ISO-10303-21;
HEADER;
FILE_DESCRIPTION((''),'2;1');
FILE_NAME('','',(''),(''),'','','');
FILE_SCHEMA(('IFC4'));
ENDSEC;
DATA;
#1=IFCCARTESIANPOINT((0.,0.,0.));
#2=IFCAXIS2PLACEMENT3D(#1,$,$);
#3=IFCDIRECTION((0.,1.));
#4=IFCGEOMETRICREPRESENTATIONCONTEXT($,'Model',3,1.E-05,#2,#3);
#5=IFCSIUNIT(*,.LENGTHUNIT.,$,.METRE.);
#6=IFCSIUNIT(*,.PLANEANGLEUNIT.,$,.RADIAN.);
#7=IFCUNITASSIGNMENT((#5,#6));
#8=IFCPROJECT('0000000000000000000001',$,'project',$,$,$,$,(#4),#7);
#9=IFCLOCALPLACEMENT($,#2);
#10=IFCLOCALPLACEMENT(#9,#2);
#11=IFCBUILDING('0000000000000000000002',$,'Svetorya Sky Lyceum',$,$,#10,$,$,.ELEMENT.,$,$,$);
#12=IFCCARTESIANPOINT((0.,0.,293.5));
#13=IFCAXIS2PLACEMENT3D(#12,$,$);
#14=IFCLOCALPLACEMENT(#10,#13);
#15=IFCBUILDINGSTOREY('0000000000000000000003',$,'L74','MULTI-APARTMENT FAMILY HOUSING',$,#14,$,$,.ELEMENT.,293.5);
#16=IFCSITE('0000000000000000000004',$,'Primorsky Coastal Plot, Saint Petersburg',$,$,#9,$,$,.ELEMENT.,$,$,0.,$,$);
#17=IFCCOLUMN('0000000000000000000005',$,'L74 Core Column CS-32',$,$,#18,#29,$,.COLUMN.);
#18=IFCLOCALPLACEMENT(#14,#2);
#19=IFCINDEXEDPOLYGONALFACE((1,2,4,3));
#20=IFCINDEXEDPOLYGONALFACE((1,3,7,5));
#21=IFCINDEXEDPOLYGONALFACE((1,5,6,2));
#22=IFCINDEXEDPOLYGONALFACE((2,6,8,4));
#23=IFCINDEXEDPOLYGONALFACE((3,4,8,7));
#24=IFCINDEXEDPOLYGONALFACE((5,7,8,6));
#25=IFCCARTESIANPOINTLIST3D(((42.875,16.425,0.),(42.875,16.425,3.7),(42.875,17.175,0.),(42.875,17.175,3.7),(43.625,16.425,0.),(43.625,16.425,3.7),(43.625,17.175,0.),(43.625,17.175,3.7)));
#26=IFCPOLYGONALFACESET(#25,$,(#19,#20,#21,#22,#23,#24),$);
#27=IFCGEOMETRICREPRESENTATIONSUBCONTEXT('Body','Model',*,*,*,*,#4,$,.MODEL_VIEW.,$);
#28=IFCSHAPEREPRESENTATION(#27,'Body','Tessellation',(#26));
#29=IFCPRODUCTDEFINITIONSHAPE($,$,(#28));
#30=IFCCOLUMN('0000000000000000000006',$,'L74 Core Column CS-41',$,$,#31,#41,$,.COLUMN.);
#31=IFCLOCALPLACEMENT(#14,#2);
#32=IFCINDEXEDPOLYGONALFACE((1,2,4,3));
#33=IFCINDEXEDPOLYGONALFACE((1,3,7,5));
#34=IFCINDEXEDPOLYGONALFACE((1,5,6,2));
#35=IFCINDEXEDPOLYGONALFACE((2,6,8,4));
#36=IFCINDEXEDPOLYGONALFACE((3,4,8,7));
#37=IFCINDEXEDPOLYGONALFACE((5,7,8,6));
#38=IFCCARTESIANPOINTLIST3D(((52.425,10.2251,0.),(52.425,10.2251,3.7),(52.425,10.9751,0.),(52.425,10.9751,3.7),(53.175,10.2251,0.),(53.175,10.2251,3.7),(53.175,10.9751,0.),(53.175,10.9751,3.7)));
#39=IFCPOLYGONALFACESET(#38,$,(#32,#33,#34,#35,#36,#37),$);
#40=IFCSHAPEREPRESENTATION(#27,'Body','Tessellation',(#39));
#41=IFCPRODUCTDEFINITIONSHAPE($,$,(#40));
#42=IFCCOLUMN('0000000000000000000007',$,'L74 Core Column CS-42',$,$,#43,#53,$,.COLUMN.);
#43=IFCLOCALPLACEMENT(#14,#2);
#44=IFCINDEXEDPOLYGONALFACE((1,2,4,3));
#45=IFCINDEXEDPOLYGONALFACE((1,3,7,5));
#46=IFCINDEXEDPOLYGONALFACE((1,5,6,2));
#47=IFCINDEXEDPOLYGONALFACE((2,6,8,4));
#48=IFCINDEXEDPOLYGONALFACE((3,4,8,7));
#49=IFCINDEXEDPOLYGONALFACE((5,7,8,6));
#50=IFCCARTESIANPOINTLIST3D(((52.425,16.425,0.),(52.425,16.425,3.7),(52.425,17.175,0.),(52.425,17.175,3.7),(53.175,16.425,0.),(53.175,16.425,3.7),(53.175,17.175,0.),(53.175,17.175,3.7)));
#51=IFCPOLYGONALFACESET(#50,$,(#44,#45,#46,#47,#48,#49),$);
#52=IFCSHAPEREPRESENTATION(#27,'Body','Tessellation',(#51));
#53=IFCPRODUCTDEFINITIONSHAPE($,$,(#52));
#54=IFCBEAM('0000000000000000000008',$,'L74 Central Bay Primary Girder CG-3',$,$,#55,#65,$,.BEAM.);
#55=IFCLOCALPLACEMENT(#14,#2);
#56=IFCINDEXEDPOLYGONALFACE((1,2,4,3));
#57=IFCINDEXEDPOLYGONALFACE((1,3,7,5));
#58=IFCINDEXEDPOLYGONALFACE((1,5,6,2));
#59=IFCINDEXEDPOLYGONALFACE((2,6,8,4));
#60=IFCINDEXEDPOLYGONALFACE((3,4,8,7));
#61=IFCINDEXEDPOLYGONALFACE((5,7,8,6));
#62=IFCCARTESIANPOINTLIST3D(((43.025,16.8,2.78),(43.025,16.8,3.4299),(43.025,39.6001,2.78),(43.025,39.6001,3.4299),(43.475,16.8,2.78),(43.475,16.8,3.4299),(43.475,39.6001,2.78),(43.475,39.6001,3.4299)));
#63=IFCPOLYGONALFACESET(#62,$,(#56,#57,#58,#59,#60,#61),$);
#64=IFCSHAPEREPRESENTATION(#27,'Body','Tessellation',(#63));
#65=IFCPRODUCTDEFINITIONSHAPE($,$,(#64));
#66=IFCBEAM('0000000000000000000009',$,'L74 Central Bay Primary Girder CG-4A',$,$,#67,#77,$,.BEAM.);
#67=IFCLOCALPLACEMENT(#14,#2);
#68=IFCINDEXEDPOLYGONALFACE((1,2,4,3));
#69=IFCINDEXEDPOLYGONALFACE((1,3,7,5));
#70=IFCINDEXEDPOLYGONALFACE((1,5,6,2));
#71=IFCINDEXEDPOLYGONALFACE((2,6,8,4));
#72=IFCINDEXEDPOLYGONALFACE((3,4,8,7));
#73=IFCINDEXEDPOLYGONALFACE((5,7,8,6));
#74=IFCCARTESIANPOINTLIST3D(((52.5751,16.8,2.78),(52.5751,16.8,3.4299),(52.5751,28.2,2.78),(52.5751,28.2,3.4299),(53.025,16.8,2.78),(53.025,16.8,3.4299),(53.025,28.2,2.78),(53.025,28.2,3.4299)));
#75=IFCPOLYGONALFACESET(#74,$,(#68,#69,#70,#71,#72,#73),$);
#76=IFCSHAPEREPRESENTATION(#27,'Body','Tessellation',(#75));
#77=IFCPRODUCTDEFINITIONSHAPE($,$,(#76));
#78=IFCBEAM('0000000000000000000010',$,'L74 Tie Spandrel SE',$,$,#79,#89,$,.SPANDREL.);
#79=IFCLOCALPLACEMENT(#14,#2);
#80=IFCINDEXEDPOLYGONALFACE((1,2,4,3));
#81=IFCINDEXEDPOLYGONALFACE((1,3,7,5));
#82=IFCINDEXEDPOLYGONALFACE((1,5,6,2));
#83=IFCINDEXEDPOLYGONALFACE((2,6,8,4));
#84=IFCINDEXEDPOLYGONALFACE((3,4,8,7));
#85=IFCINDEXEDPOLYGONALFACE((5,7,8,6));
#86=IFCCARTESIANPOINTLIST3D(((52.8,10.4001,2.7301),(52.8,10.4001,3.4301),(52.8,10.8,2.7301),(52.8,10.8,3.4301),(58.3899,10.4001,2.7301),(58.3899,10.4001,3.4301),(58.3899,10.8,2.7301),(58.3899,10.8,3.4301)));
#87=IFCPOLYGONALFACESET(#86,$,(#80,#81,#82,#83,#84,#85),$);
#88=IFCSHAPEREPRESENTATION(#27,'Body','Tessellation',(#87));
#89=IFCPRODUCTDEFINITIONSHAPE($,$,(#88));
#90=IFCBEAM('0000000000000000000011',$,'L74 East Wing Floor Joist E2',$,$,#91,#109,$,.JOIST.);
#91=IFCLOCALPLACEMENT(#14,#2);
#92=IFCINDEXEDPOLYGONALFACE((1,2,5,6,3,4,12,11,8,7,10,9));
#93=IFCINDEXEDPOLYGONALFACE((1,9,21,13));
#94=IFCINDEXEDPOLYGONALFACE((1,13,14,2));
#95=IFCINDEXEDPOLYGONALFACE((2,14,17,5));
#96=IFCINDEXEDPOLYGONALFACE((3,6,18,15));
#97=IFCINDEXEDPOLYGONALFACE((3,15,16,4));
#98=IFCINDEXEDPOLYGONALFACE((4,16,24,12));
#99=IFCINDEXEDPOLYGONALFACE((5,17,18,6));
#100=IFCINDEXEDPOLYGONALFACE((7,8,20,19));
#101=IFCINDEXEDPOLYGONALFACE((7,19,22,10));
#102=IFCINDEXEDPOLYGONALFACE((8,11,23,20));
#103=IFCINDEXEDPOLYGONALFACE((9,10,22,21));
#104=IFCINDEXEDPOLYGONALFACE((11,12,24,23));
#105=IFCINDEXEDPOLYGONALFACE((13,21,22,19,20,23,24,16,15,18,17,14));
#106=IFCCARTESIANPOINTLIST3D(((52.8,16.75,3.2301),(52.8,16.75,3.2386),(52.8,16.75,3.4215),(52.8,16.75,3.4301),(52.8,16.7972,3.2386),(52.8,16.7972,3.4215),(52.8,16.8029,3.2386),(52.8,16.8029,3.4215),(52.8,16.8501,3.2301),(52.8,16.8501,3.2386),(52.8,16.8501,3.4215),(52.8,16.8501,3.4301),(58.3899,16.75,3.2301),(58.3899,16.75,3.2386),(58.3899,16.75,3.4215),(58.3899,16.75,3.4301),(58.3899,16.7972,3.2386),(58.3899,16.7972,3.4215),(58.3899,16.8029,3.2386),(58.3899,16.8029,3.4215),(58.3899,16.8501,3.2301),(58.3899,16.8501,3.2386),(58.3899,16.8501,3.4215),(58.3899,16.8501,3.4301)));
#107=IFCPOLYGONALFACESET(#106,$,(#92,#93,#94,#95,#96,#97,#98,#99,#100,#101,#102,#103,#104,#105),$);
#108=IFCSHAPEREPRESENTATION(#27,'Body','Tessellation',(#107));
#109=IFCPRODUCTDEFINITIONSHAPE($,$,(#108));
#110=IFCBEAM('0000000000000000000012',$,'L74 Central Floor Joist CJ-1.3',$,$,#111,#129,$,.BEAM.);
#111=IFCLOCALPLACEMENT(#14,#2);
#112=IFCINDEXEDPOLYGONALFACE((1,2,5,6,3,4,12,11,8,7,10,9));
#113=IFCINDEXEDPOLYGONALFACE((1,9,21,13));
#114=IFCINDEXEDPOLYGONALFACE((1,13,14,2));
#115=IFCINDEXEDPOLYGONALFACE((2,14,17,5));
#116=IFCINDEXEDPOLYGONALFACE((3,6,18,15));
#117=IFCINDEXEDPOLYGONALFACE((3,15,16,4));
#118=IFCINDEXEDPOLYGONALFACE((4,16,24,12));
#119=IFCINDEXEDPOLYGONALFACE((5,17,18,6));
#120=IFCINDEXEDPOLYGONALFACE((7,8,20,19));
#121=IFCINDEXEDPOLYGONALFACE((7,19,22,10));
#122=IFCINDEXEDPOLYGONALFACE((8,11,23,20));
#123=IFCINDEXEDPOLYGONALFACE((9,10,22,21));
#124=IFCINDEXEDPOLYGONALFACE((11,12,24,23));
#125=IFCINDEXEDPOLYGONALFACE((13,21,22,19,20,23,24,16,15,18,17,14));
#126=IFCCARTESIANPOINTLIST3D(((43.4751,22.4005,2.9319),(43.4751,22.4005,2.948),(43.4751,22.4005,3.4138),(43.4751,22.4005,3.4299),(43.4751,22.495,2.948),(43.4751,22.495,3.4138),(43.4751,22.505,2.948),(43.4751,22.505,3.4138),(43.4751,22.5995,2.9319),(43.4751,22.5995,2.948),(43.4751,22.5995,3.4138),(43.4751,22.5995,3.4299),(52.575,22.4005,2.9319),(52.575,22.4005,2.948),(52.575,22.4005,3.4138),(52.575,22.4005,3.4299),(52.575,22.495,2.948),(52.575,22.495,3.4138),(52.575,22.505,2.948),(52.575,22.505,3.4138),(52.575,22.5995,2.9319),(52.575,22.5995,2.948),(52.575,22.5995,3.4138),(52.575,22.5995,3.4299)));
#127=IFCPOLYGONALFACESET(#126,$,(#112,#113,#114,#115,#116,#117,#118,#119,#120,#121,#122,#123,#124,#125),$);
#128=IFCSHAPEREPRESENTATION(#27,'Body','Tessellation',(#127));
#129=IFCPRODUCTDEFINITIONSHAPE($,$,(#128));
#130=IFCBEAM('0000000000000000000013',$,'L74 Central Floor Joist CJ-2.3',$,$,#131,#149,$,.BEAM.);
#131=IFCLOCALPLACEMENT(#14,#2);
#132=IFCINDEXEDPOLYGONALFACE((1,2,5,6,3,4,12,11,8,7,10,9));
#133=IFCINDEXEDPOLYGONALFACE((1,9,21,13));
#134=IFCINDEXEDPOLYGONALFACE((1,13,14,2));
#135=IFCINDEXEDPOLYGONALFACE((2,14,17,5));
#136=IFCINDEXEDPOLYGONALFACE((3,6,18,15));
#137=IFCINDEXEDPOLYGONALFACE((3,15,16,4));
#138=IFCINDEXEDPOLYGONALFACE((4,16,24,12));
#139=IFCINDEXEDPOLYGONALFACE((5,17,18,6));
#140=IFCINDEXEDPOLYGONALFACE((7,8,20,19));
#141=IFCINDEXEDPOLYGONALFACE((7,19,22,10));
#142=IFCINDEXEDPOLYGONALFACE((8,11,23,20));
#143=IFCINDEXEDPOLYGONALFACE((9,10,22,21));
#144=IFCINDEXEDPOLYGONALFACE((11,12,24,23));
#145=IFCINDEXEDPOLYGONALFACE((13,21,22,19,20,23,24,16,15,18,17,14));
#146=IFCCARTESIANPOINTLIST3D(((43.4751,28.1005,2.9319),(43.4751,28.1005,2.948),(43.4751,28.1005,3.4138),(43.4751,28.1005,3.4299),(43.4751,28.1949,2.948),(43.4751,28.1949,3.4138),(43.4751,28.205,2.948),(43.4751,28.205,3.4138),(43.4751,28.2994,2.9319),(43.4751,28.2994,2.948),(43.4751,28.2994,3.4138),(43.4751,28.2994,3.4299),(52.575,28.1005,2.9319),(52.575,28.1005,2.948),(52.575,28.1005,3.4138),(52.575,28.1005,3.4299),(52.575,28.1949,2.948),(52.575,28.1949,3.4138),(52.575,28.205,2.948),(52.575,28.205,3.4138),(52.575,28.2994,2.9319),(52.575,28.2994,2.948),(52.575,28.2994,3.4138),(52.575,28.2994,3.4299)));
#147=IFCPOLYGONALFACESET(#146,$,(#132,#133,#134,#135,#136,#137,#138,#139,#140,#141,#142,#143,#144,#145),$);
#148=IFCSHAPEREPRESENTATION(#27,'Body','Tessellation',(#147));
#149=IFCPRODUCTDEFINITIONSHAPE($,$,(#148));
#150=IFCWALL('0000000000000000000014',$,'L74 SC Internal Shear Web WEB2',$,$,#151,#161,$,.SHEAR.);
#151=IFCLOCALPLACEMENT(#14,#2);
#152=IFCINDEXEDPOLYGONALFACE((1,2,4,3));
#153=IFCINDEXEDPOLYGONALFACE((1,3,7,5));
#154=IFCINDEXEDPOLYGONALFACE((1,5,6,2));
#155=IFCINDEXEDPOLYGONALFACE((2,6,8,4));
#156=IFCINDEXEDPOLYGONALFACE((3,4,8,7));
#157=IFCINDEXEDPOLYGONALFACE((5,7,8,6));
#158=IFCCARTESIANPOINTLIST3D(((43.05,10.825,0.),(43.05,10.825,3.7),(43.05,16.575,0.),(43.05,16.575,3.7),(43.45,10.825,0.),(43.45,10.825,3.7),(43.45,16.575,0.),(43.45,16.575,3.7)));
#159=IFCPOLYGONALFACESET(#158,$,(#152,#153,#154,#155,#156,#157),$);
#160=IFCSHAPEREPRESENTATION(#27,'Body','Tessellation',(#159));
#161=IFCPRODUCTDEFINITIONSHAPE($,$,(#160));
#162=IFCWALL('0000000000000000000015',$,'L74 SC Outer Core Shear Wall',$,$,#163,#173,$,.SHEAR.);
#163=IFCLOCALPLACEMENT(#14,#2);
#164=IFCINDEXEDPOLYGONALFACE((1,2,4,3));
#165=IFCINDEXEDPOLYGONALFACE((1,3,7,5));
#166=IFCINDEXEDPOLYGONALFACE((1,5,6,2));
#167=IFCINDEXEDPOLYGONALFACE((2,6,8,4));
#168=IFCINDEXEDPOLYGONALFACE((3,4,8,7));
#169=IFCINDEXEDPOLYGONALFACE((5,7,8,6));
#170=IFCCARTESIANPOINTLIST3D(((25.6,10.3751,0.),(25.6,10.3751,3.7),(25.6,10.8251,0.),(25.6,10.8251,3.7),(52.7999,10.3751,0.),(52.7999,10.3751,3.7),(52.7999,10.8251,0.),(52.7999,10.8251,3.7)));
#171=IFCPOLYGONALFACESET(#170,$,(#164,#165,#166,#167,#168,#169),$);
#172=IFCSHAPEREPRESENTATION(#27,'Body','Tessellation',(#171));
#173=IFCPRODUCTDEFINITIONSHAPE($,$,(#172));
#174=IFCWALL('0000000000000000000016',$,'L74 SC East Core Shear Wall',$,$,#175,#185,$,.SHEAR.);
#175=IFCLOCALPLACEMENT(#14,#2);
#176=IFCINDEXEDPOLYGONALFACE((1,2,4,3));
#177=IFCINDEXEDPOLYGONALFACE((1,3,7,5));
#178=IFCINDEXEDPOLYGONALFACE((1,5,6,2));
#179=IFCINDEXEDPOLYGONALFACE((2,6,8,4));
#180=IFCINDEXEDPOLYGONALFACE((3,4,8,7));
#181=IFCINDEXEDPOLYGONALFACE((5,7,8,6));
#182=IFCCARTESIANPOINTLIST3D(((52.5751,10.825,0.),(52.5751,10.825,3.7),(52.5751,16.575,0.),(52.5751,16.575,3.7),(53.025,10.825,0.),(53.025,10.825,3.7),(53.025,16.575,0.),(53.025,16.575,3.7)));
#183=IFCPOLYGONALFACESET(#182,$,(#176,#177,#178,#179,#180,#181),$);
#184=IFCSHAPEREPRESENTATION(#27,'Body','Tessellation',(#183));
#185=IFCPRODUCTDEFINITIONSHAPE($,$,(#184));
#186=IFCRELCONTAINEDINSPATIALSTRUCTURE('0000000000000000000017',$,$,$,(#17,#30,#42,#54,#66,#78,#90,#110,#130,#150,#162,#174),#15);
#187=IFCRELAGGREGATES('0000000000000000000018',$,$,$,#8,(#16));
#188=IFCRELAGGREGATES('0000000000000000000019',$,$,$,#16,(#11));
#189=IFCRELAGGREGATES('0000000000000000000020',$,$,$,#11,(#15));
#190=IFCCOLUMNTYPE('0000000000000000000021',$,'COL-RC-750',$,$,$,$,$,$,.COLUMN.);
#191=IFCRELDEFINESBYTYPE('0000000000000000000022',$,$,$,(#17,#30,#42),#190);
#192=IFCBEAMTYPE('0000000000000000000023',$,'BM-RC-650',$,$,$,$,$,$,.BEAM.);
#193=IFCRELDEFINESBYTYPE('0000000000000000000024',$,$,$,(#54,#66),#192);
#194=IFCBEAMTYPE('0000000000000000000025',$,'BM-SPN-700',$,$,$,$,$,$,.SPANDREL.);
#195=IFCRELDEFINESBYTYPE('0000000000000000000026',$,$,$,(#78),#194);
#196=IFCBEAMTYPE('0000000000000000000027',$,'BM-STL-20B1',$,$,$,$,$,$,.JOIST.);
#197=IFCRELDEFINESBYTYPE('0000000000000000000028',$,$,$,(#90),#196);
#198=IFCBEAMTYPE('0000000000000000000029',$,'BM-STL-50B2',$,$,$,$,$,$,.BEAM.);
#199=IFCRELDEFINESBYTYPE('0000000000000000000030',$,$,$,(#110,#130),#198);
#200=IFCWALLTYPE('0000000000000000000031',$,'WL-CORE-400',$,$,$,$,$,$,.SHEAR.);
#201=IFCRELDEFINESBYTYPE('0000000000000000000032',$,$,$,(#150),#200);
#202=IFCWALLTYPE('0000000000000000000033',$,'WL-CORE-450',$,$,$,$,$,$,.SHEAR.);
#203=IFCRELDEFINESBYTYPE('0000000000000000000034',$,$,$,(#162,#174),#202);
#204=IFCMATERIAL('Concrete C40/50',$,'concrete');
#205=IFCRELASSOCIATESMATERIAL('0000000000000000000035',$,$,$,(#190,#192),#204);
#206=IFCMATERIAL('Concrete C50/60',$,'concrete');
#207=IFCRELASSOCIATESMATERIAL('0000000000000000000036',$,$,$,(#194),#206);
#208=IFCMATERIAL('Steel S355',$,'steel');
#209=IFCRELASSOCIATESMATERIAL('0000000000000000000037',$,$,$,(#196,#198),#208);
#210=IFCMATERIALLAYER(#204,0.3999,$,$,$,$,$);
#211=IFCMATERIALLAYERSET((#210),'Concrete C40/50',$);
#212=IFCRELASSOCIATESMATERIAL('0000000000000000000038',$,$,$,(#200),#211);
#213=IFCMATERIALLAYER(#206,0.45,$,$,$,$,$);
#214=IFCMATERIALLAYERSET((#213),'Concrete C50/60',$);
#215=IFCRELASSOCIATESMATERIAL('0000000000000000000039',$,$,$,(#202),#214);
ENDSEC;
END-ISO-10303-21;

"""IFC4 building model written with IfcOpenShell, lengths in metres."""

from ifc_helpers import new_model, si_unit, direction, frame, frame_2d, origin, origin_2d, place, context, subcontext, project, spatial, rectangle, i_section, extrude, material, layer, layer_set, material_profile, profile_set, type_object, element, save


model = new_model("IFC4")

# Units and contexts
model_context = context("Model", 3, precision=1e-05, world=origin(), true_north=direction((0.0, 1.0)))
body_context = subcontext(model_context, "Body", "Model", "MODEL_VIEW")
ifc_project = project(units=[si_unit("LENGTHUNIT", "METRE"), si_unit("PLANEANGLEUNIT", "RADIAN")], contexts=[model_context])

# Site, building, storey
site_placement = place(None, origin())
site = spatial("IfcSite", under=ifc_project, at=site_placement, Name="Primorsky Coastal Plot, Saint Petersburg", CompositionType="ELEMENT", RefElevation=0.0)
building_placement = place(site_placement, origin())
building = spatial("IfcBuilding", under=site, at=building_placement, Name="Svetorya Sky Lyceum", CompositionType="ELEMENT")
storey_placement = place(building_placement, frame((0.0, 0.0, 293.5)))
storey = spatial("IfcBuildingStorey", under=building, at=storey_placement, Name="L74", Description="MULTI-APARTMENT FAMILY HOUSING", CompositionType="ELEMENT", Elevation=293.5)

# Columns
ifc_material_1 = material(Name="Concrete C40/50", Category="concrete")
ifc_material_profile_1 = material_profile(ifc_material_1, rectangle(XDim=0.75, YDim=0.75, at=origin_2d()), Name="RC COL 750x750")
ifc_profile_set_1 = profile_set([ifc_material_profile_1], Name="Concrete C40/50")
column_type = type_object("IfcColumnType", Name="COL-RC-750", PredefinedType="COLUMN", material=ifc_profile_set_1)
for number, where, z_axis, x_axis, name in (
    (1, (43.25, 16.8, 0.0), (0.0, 0.0, 1.0), (1.0, 0.0, 0.0), "L74 Core Column CS-32"),
    (2, (52.8, 10.6001, 0.0), (0.0, 0.0, 1.0), (1.0, 0.0, 0.0), "L74 Core Column CS-41"),
    (3, (52.8, 16.8, 0.0), (0.0, 0.0, 1.0), (1.0, 0.0, 0.0), "L74 Core Column CS-42"),
):
    element("IfcColumn", number, at=place(storey_placement, frame(where, z_axis=z_axis, x_axis=x_axis)), inside=storey, type_object=column_type, Name=name, PredefinedType="COLUMN", context=body_context, shape_type="SweptSolid", body=[
        extrude(rectangle(XDim=0.75, YDim=0.75, at=origin_2d()), origin(), (0.0, 0.0, 1.0), 3.7),
    ])

# Beams
ifc_material_profile_2 = material_profile(ifc_material_1, rectangle(XDim=0.45, YDim=0.6499, at=origin_2d()), Name="RC BEAM 450x650")
ifc_profile_set_2 = profile_set([ifc_material_profile_2], Name="Concrete C40/50")
beam_type_1 = type_object("IfcBeamType", Name="BM-RC-650", PredefinedType="BEAM", material=ifc_profile_set_2)
beam_1_placement = place(storey_placement, frame((43.25, 16.8, 3.105), z_axis=(0.0, 1.0, 0.0), x_axis=(-1.0, 0.0, 0.0)))
element("IfcBeam", 4, at=beam_1_placement, inside=storey, type_object=beam_type_1, Name="L74 Central Bay Primary Girder CG-3", PredefinedType="BEAM", context=body_context, shape_type="SweptSolid", body=[
    extrude(rectangle(XDim=0.45, YDim=0.6499, at=origin_2d()), origin(), (0.0, 0.0, 1.0), 22.8),
])
beam_2_placement = place(storey_placement, frame((52.8, 16.8, 3.105), z_axis=(0.0, 1.0, 0.0), x_axis=(-1.0, 0.0, 0.0)))
element("IfcBeam", 5, at=beam_2_placement, inside=storey, type_object=beam_type_1, Name="L74 Central Bay Primary Girder CG-4A", PredefinedType="BEAM", context=body_context, shape_type="SweptSolid", body=[
    extrude(rectangle(XDim=0.45, YDim=0.6499, at=origin_2d()), origin(), (0.0, 0.0, 1.0), 11.3999),
])
ifc_material_2 = material(Name="Concrete C50/60", Category="concrete")
ifc_material_profile_3 = material_profile(ifc_material_2, rectangle(XDim=0.3999, YDim=0.7, at=origin_2d()), Name="RC SPANDREL 400x700")
ifc_profile_set_3 = profile_set([ifc_material_profile_3], Name="Concrete C50/60")
beam_type_2 = type_object("IfcBeamType", Name="BM-SPN-700", PredefinedType="SPANDREL", material=ifc_profile_set_3)
beam_3_placement = place(storey_placement, frame((52.8, 10.6001, 3.0801), z_axis=(1.0, 0.0, 0.0), x_axis=(0.0, 1.0, 0.0)))
element("IfcBeam", 6, at=beam_3_placement, inside=storey, type_object=beam_type_2, Name="L74 Tie Spandrel SE", PredefinedType="SPANDREL", context=body_context, shape_type="SweptSolid", body=[
    extrude(rectangle(XDim=0.3999, YDim=0.7, at=origin_2d()), origin(), (0.0, 0.0, 1.0), 5.5898),
])
ifc_material_3 = material(Name="Steel S355", Category="steel")
ifc_material_profile_4 = material_profile(ifc_material_3, i_section(OverallWidth=0.1001, OverallDepth=0.2, WebThickness=0.0056, FlangeThickness=0.0085, at=origin_2d()), Name="GOST 20B1")
ifc_profile_set_4 = profile_set([ifc_material_profile_4], Name="Steel S355")
beam_type_3 = type_object("IfcBeamType", Name="BM-STL-20B1", PredefinedType="JOIST", material=ifc_profile_set_4)
beam_4_placement = place(storey_placement, frame((52.8, 16.8, 3.3301), z_axis=(1.0, 0.0, 0.0), x_axis=(0.0, 1.0, 0.0)))
element("IfcBeam", 7, at=beam_4_placement, inside=storey, type_object=beam_type_3, Name="L74 East Wing Floor Joist E2", PredefinedType="JOIST", context=body_context, shape_type="SweptSolid", body=[
    extrude(i_section(OverallWidth=0.1001, OverallDepth=0.2, WebThickness=0.0056, FlangeThickness=0.0085, at=origin_2d()), origin(), (0.0, 0.0, 1.0), 5.5898),
])
ifc_material_profile_5 = material_profile(ifc_material_3, i_section(OverallWidth=0.199, OverallDepth=0.498, WebThickness=0.01, FlangeThickness=0.0161, at=origin_2d()), Name="GOST 50B2")
ifc_profile_set_5 = profile_set([ifc_material_profile_5], Name="Steel S355")
beam_type_4 = type_object("IfcBeamType", Name="BM-STL-50B2", PredefinedType="BEAM", material=ifc_profile_set_5)
for number, where, z_axis, x_axis, name in (
    (8, (43.4751, 22.5, 3.1809), (1.0, 0.0, 0.0), (0.0, 1.0, 0.0), "L74 Central Floor Joist CJ-1.3"),
    (9, (43.4751, 28.2, 3.1809), (1.0, 0.0, 0.0), (0.0, 1.0, 0.0), "L74 Central Floor Joist CJ-2.3"),
):
    element("IfcBeam", number, at=place(storey_placement, frame(where, z_axis=z_axis, x_axis=x_axis)), inside=storey, type_object=beam_type_4, Name=name, PredefinedType="BEAM", context=body_context, shape_type="SweptSolid", body=[
        extrude(i_section(OverallWidth=0.199, OverallDepth=0.498, WebThickness=0.01, FlangeThickness=0.0161, at=origin_2d()), origin(), (0.0, 0.0, 1.0), 9.0999),
    ])

# Walls
ifc_layer_1 = layer(ifc_material_1, 0.3999)
ifc_layer_set_1 = layer_set([ifc_layer_1], Name="Concrete C40/50")
wall_type_1 = type_object("IfcWallType", Name="WL-CORE-400", PredefinedType="SHEAR", material=ifc_layer_set_1)
wall_1_placement = place(storey_placement, frame((43.25, 10.825, 0.0), z_axis=(0.0, 0.0, 1.0), x_axis=(0.0, 1.0, 0.0)))
element("IfcWall", 10, at=wall_1_placement, inside=storey, type_object=wall_type_1, Name="L74 SC Internal Shear Web WEB2", PredefinedType="SHEAR", context=body_context, shape_type="SweptSolid", body=[
    extrude(rectangle(XDim=5.75, YDim=0.3999, at=frame_2d((2.875, 0.0))), origin(), (0.0, 0.0, 1.0), 3.7),
])
ifc_layer_2 = layer(ifc_material_2, 0.45)
ifc_layer_set_2 = layer_set([ifc_layer_2], Name="Concrete C50/60")
wall_type_2 = type_object("IfcWallType", Name="WL-CORE-450", PredefinedType="SHEAR", material=ifc_layer_set_2)
wall_2_placement = place(storey_placement, frame((52.8, 10.6001, 0.0), z_axis=(0.0, 0.0, 1.0), x_axis=(-1.0, 0.0, 0.0)))
element("IfcWall", 11, at=wall_2_placement, inside=storey, type_object=wall_type_2, Name="L74 SC Outer Core Shear Wall", PredefinedType="SHEAR", context=body_context, shape_type="SweptSolid", body=[
    extrude(rectangle(XDim=27.2, YDim=0.45, at=frame_2d((13.6001, 0.0))), origin(), (0.0, 0.0, 1.0), 3.7),
])
wall_3_placement = place(storey_placement, frame((52.8, 10.825, 0.0), z_axis=(0.0, 0.0, 1.0), x_axis=(0.0, 1.0, 0.0)))
element("IfcWall", 12, at=wall_3_placement, inside=storey, type_object=wall_type_2, Name="L74 SC East Core Shear Wall", PredefinedType="SHEAR", context=body_context, shape_type="SweptSolid", body=[
    extrude(rectangle(XDim=5.75, YDim=0.45, at=frame_2d((2.875, 0.0))), origin(), (0.0, 0.0, 1.0), 3.7),
])

save(model, "model.ifc")
